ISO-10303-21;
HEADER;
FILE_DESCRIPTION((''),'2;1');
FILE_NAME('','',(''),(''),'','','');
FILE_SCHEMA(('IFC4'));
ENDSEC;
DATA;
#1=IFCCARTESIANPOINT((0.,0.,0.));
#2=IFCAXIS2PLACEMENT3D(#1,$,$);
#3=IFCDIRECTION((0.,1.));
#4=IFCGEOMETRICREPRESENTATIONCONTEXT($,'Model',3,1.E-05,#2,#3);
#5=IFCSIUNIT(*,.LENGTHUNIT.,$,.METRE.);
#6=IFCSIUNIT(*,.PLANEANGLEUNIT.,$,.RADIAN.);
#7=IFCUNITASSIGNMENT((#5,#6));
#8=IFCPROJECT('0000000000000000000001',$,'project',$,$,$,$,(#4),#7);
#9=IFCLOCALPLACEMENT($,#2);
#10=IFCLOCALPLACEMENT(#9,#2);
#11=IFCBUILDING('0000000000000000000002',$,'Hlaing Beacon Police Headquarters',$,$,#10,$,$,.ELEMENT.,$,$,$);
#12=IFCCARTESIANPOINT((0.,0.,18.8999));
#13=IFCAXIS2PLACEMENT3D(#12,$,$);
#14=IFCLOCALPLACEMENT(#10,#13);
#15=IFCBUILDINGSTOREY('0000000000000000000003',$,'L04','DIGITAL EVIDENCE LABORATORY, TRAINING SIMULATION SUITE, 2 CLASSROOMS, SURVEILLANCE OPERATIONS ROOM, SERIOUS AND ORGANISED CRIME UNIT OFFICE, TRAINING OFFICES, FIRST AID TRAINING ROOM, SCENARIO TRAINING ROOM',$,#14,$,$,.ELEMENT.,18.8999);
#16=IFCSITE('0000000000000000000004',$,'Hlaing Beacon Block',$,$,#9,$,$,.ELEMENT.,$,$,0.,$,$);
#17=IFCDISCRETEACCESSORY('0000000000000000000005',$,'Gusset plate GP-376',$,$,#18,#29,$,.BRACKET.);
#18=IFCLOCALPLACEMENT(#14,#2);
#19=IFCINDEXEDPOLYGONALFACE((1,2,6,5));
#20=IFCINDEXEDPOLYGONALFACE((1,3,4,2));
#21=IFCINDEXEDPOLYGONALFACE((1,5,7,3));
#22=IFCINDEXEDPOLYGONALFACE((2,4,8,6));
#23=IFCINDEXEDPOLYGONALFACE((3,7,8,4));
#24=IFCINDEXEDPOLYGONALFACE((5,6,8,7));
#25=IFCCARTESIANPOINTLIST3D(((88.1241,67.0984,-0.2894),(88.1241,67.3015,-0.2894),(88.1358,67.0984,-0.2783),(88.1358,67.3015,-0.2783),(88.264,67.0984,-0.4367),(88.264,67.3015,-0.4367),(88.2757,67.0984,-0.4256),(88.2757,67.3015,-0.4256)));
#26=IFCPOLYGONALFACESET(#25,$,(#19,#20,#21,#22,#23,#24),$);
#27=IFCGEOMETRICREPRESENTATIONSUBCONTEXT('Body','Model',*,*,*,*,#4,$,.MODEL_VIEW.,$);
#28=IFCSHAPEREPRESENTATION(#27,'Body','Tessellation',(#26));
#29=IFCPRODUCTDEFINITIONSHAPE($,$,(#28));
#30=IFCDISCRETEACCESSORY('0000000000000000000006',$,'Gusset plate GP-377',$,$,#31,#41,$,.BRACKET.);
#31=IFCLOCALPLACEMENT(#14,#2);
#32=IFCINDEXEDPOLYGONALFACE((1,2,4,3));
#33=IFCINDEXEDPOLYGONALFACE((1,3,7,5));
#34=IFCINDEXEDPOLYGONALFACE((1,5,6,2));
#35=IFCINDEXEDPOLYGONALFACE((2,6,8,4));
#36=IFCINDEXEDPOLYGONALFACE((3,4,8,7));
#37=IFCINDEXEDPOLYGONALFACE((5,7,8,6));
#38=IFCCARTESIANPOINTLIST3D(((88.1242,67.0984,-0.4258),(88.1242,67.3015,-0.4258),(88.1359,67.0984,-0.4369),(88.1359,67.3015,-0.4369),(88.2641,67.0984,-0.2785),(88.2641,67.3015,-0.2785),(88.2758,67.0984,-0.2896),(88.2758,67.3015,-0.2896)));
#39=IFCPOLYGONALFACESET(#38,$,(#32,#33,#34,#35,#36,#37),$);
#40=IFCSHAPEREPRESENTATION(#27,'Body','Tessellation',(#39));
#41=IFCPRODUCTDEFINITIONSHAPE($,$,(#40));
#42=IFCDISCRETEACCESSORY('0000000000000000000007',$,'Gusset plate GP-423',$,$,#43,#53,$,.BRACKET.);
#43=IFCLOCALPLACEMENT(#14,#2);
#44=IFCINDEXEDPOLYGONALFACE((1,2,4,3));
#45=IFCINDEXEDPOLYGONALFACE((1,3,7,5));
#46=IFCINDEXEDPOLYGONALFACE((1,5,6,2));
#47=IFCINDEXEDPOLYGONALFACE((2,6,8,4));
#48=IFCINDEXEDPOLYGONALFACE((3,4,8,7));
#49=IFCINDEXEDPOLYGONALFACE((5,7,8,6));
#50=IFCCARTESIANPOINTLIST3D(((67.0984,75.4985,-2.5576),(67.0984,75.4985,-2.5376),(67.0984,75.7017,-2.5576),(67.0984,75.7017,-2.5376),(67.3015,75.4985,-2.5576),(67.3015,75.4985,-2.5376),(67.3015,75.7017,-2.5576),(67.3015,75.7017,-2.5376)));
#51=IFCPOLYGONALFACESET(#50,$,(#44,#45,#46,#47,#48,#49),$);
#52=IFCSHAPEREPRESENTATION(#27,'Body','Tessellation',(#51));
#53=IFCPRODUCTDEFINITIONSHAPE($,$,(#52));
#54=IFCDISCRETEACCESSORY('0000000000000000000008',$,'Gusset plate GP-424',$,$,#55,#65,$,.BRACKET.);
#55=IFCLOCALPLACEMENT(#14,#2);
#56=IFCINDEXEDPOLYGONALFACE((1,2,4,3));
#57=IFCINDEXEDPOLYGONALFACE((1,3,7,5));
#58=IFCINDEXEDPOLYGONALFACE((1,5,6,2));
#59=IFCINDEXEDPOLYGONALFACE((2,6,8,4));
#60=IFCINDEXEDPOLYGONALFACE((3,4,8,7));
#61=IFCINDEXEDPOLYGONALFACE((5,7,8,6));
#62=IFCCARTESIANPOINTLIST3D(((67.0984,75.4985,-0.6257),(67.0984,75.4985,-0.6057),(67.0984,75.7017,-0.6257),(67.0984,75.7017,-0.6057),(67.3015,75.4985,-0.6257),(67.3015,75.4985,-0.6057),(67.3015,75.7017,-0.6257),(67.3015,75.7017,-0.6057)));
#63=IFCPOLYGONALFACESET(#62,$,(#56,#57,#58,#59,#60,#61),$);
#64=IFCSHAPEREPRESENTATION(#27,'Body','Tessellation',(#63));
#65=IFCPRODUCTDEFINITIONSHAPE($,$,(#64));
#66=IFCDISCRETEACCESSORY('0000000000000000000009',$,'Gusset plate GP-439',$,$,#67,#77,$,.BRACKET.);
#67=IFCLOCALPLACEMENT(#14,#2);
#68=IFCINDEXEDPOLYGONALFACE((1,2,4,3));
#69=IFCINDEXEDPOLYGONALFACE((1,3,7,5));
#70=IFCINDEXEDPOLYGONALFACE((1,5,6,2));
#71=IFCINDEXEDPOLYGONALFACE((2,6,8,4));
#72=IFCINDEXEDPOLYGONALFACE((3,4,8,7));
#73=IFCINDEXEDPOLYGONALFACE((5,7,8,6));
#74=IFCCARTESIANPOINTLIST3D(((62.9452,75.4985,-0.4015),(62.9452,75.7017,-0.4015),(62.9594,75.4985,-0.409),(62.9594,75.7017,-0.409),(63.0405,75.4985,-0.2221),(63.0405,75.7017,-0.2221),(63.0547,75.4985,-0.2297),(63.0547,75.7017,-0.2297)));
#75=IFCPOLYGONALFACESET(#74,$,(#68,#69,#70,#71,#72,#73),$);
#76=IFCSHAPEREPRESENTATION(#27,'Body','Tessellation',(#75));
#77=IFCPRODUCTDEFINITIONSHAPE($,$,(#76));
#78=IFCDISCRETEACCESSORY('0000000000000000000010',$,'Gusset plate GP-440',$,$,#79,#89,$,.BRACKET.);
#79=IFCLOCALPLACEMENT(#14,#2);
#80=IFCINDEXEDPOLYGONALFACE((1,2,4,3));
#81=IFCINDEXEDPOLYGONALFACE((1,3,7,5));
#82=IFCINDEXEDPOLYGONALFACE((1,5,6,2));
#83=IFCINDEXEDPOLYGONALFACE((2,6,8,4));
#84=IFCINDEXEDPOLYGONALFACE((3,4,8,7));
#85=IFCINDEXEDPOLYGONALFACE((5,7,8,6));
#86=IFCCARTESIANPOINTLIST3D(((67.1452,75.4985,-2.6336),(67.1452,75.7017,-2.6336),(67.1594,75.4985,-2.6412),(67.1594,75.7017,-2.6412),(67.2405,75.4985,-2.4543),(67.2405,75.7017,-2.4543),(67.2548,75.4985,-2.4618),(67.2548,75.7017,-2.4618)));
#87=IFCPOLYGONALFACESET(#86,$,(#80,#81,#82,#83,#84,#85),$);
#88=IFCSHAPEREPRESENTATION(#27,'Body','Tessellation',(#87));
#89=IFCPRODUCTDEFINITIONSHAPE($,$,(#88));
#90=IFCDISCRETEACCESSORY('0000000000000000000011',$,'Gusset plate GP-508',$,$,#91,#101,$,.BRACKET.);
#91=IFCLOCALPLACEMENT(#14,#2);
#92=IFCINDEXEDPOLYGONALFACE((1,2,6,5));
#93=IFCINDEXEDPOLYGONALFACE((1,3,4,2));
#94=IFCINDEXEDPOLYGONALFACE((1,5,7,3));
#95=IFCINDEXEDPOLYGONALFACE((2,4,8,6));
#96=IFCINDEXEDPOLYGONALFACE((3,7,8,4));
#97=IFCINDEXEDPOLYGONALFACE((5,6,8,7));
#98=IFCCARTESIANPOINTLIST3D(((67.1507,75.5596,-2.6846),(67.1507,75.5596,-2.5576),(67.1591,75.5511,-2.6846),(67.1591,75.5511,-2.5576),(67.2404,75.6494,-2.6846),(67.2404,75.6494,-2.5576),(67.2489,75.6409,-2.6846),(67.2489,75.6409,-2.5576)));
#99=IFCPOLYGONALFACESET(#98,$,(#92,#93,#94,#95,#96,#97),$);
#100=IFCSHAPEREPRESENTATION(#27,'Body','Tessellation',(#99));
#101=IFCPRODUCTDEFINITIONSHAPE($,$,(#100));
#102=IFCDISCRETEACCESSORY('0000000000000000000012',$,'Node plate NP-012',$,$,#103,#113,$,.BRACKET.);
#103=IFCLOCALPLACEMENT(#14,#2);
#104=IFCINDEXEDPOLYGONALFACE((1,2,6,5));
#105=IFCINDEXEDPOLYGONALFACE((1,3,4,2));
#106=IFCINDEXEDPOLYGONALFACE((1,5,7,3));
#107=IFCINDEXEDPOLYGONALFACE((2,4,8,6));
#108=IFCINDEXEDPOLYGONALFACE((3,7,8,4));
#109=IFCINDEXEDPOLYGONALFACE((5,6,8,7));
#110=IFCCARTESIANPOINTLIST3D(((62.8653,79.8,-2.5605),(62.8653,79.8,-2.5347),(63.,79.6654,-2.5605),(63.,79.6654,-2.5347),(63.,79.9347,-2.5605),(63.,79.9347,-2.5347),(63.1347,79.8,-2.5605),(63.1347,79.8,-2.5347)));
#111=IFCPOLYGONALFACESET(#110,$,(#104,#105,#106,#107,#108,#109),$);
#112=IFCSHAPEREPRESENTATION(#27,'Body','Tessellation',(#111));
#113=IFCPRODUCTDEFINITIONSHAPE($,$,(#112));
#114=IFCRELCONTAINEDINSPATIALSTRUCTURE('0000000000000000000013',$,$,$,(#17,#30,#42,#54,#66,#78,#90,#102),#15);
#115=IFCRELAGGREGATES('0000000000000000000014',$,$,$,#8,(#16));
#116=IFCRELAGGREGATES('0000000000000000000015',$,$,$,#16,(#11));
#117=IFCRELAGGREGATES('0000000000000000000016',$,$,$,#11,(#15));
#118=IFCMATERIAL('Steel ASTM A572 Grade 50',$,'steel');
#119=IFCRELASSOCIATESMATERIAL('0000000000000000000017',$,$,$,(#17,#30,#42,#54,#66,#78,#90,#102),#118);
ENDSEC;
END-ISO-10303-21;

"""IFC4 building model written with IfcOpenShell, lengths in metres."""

from ifc_helpers import new_model, si_unit, direction, frame, origin, origin_2d, place, context, subcontext, project, spatial, rectangle, extrude, material, element, save


model = new_model("IFC4")

# Units and contexts
model_context = context("Model", 3, precision=1e-05, world=origin(), true_north=direction((0.0, 1.0)))
body_context = subcontext(model_context, "Body", "Model", "MODEL_VIEW")
ifc_project = project(units=[si_unit("LENGTHUNIT", "METRE"), si_unit("PLANEANGLEUNIT", "RADIAN")], contexts=[model_context])

# Site, building, storey
site_placement = place(None, origin())
site = spatial("IfcSite", under=ifc_project, at=site_placement, Name="Hlaing Beacon Block", CompositionType="ELEMENT", RefElevation=0.0)
building_placement = place(site_placement, origin())
building = spatial("IfcBuilding", under=site, at=building_placement, Name="Hlaing Beacon Police Headquarters", CompositionType="ELEMENT")
storey_placement = place(building_placement, frame((0.0, 0.0, 18.8999)))
storey = spatial("IfcBuildingStorey", under=building, at=storey_placement, Name="L04", Description="DIGITAL EVIDENCE LABORATORY, TRAINING SIMULATION SUITE, 2 CLASSROOMS, SURVEILLANCE OPERATIONS ROOM, SERIOUS AND ORGANISED CRIME UNIT OFFICE, TRAINING OFFICES, FIRST AID TRAINING ROOM, SCENARIO TRAINING ROOM", CompositionType="ELEMENT", Elevation=18.8999)

# Discrete accessories
ifc_material_1 = material(Name="Steel ASTM A572 Grade 50", Category="steel")
for number, where, z_axis, x_axis, name in (
    (1, (88.1941, 67.2, -0.363), (0.725017, 0.0, 0.688731), (0.0, 1.0, 0.0), "Gusset plate GP-376"),
    (2, (88.2058, 67.2, -0.3633), (-0.725017, 0.0, 0.688731), (0.0, -1.0, 0.0), "Gusset plate GP-377"),
):
    element("IfcDiscreteAccessory", number, at=place(storey_placement, frame(where, z_axis=z_axis, x_axis=x_axis)), inside=storey, material=ifc_material_1, Name=name, PredefinedType="BRACKET", context=body_context, shape_type="SweptSolid", body=[
        extrude(rectangle(XDim=0.2031, YDim=0.2031, at=origin_2d()), origin(), (0.0, 0.0, 1.0), 0.0161),
    ])
for number, where, z_axis, x_axis, name in (
    (3, (67.2, 75.6001, -2.5376), (0.0, 0.0, -1.0), (1.0, 0.0, 0.0), "Gusset plate GP-423"),
    (4, (67.2, 75.6001, -0.6257), (0.0, 0.0, 1.0), (1.0, 0.0, 0.0), "Gusset plate GP-424"),
):
    element("IfcDiscreteAccessory", number, at=place(storey_placement, frame(where, z_axis=z_axis, x_axis=x_axis)), inside=storey, material=ifc_material_1, Name=name, PredefinedType="BRACKET", context=body_context, shape_type="SweptSolid", body=[
        extrude(rectangle(XDim=0.2031, YDim=0.2031, at=origin_2d()), origin(), (0.0, 0.0, 1.0), 0.02),
    ])
for number, where, z_axis, x_axis, name in (
    (5, (63.0071, 75.6001, -0.3193), (-0.883054, 0.0, 0.469272), (0.0, -1.0, 0.0), "Gusset plate GP-439"),
    (6, (67.1929, 75.6001, -2.5439), (0.883054, 0.0, -0.469272), (0.0, 1.0, 0.0), "Gusset plate GP-440"),
):
    element("IfcDiscreteAccessory", number, at=place(storey_placement, frame(where, z_axis=z_axis, x_axis=x_axis)), inside=storey, material=ifc_material_1, Name=name, PredefinedType="BRACKET", context=body_context, shape_type="SweptSolid", body=[
        extrude(rectangle(XDim=0.2031, YDim=0.2031, at=origin_2d()), origin(), (0.0, 0.0, 1.0), 0.0161),
    ])
discrete_accessory_1_placement = place(storey_placement, frame((67.1956, 75.6045, -2.6211), z_axis=(0.707107, -0.707107, 0.0), x_axis=(0.707107, 0.707107, 0.0)))
element("IfcDiscreteAccessory", 7, at=discrete_accessory_1_placement, inside=storey, material=ifc_material_1, Name="Gusset plate GP-508", PredefinedType="BRACKET", context=body_context, shape_type="SweptSolid", body=[
    extrude(rectangle(XDim=0.127, YDim=0.127, at=origin_2d()), origin(), (0.0, 0.0, 1.0), 0.012),
])
discrete_accessory_2_placement = place(storey_placement, frame((63.0, 79.8, -2.5605), z_axis=(0.0, 0.0, 1.0), x_axis=(0.707107, 0.707107, 0.0)))
element("IfcDiscreteAccessory", 8, at=discrete_accessory_2_placement, inside=storey, material=ifc_material_1, Name="Node plate NP-012", PredefinedType="BRACKET", context=body_context, shape_type="SweptSolid", body=[
    extrude(rectangle(XDim=0.1904, YDim=0.1904, at=origin_2d()), origin(), (0.0, 0.0, 1.0), 0.0259),
])

save(model, "model.ifc")
